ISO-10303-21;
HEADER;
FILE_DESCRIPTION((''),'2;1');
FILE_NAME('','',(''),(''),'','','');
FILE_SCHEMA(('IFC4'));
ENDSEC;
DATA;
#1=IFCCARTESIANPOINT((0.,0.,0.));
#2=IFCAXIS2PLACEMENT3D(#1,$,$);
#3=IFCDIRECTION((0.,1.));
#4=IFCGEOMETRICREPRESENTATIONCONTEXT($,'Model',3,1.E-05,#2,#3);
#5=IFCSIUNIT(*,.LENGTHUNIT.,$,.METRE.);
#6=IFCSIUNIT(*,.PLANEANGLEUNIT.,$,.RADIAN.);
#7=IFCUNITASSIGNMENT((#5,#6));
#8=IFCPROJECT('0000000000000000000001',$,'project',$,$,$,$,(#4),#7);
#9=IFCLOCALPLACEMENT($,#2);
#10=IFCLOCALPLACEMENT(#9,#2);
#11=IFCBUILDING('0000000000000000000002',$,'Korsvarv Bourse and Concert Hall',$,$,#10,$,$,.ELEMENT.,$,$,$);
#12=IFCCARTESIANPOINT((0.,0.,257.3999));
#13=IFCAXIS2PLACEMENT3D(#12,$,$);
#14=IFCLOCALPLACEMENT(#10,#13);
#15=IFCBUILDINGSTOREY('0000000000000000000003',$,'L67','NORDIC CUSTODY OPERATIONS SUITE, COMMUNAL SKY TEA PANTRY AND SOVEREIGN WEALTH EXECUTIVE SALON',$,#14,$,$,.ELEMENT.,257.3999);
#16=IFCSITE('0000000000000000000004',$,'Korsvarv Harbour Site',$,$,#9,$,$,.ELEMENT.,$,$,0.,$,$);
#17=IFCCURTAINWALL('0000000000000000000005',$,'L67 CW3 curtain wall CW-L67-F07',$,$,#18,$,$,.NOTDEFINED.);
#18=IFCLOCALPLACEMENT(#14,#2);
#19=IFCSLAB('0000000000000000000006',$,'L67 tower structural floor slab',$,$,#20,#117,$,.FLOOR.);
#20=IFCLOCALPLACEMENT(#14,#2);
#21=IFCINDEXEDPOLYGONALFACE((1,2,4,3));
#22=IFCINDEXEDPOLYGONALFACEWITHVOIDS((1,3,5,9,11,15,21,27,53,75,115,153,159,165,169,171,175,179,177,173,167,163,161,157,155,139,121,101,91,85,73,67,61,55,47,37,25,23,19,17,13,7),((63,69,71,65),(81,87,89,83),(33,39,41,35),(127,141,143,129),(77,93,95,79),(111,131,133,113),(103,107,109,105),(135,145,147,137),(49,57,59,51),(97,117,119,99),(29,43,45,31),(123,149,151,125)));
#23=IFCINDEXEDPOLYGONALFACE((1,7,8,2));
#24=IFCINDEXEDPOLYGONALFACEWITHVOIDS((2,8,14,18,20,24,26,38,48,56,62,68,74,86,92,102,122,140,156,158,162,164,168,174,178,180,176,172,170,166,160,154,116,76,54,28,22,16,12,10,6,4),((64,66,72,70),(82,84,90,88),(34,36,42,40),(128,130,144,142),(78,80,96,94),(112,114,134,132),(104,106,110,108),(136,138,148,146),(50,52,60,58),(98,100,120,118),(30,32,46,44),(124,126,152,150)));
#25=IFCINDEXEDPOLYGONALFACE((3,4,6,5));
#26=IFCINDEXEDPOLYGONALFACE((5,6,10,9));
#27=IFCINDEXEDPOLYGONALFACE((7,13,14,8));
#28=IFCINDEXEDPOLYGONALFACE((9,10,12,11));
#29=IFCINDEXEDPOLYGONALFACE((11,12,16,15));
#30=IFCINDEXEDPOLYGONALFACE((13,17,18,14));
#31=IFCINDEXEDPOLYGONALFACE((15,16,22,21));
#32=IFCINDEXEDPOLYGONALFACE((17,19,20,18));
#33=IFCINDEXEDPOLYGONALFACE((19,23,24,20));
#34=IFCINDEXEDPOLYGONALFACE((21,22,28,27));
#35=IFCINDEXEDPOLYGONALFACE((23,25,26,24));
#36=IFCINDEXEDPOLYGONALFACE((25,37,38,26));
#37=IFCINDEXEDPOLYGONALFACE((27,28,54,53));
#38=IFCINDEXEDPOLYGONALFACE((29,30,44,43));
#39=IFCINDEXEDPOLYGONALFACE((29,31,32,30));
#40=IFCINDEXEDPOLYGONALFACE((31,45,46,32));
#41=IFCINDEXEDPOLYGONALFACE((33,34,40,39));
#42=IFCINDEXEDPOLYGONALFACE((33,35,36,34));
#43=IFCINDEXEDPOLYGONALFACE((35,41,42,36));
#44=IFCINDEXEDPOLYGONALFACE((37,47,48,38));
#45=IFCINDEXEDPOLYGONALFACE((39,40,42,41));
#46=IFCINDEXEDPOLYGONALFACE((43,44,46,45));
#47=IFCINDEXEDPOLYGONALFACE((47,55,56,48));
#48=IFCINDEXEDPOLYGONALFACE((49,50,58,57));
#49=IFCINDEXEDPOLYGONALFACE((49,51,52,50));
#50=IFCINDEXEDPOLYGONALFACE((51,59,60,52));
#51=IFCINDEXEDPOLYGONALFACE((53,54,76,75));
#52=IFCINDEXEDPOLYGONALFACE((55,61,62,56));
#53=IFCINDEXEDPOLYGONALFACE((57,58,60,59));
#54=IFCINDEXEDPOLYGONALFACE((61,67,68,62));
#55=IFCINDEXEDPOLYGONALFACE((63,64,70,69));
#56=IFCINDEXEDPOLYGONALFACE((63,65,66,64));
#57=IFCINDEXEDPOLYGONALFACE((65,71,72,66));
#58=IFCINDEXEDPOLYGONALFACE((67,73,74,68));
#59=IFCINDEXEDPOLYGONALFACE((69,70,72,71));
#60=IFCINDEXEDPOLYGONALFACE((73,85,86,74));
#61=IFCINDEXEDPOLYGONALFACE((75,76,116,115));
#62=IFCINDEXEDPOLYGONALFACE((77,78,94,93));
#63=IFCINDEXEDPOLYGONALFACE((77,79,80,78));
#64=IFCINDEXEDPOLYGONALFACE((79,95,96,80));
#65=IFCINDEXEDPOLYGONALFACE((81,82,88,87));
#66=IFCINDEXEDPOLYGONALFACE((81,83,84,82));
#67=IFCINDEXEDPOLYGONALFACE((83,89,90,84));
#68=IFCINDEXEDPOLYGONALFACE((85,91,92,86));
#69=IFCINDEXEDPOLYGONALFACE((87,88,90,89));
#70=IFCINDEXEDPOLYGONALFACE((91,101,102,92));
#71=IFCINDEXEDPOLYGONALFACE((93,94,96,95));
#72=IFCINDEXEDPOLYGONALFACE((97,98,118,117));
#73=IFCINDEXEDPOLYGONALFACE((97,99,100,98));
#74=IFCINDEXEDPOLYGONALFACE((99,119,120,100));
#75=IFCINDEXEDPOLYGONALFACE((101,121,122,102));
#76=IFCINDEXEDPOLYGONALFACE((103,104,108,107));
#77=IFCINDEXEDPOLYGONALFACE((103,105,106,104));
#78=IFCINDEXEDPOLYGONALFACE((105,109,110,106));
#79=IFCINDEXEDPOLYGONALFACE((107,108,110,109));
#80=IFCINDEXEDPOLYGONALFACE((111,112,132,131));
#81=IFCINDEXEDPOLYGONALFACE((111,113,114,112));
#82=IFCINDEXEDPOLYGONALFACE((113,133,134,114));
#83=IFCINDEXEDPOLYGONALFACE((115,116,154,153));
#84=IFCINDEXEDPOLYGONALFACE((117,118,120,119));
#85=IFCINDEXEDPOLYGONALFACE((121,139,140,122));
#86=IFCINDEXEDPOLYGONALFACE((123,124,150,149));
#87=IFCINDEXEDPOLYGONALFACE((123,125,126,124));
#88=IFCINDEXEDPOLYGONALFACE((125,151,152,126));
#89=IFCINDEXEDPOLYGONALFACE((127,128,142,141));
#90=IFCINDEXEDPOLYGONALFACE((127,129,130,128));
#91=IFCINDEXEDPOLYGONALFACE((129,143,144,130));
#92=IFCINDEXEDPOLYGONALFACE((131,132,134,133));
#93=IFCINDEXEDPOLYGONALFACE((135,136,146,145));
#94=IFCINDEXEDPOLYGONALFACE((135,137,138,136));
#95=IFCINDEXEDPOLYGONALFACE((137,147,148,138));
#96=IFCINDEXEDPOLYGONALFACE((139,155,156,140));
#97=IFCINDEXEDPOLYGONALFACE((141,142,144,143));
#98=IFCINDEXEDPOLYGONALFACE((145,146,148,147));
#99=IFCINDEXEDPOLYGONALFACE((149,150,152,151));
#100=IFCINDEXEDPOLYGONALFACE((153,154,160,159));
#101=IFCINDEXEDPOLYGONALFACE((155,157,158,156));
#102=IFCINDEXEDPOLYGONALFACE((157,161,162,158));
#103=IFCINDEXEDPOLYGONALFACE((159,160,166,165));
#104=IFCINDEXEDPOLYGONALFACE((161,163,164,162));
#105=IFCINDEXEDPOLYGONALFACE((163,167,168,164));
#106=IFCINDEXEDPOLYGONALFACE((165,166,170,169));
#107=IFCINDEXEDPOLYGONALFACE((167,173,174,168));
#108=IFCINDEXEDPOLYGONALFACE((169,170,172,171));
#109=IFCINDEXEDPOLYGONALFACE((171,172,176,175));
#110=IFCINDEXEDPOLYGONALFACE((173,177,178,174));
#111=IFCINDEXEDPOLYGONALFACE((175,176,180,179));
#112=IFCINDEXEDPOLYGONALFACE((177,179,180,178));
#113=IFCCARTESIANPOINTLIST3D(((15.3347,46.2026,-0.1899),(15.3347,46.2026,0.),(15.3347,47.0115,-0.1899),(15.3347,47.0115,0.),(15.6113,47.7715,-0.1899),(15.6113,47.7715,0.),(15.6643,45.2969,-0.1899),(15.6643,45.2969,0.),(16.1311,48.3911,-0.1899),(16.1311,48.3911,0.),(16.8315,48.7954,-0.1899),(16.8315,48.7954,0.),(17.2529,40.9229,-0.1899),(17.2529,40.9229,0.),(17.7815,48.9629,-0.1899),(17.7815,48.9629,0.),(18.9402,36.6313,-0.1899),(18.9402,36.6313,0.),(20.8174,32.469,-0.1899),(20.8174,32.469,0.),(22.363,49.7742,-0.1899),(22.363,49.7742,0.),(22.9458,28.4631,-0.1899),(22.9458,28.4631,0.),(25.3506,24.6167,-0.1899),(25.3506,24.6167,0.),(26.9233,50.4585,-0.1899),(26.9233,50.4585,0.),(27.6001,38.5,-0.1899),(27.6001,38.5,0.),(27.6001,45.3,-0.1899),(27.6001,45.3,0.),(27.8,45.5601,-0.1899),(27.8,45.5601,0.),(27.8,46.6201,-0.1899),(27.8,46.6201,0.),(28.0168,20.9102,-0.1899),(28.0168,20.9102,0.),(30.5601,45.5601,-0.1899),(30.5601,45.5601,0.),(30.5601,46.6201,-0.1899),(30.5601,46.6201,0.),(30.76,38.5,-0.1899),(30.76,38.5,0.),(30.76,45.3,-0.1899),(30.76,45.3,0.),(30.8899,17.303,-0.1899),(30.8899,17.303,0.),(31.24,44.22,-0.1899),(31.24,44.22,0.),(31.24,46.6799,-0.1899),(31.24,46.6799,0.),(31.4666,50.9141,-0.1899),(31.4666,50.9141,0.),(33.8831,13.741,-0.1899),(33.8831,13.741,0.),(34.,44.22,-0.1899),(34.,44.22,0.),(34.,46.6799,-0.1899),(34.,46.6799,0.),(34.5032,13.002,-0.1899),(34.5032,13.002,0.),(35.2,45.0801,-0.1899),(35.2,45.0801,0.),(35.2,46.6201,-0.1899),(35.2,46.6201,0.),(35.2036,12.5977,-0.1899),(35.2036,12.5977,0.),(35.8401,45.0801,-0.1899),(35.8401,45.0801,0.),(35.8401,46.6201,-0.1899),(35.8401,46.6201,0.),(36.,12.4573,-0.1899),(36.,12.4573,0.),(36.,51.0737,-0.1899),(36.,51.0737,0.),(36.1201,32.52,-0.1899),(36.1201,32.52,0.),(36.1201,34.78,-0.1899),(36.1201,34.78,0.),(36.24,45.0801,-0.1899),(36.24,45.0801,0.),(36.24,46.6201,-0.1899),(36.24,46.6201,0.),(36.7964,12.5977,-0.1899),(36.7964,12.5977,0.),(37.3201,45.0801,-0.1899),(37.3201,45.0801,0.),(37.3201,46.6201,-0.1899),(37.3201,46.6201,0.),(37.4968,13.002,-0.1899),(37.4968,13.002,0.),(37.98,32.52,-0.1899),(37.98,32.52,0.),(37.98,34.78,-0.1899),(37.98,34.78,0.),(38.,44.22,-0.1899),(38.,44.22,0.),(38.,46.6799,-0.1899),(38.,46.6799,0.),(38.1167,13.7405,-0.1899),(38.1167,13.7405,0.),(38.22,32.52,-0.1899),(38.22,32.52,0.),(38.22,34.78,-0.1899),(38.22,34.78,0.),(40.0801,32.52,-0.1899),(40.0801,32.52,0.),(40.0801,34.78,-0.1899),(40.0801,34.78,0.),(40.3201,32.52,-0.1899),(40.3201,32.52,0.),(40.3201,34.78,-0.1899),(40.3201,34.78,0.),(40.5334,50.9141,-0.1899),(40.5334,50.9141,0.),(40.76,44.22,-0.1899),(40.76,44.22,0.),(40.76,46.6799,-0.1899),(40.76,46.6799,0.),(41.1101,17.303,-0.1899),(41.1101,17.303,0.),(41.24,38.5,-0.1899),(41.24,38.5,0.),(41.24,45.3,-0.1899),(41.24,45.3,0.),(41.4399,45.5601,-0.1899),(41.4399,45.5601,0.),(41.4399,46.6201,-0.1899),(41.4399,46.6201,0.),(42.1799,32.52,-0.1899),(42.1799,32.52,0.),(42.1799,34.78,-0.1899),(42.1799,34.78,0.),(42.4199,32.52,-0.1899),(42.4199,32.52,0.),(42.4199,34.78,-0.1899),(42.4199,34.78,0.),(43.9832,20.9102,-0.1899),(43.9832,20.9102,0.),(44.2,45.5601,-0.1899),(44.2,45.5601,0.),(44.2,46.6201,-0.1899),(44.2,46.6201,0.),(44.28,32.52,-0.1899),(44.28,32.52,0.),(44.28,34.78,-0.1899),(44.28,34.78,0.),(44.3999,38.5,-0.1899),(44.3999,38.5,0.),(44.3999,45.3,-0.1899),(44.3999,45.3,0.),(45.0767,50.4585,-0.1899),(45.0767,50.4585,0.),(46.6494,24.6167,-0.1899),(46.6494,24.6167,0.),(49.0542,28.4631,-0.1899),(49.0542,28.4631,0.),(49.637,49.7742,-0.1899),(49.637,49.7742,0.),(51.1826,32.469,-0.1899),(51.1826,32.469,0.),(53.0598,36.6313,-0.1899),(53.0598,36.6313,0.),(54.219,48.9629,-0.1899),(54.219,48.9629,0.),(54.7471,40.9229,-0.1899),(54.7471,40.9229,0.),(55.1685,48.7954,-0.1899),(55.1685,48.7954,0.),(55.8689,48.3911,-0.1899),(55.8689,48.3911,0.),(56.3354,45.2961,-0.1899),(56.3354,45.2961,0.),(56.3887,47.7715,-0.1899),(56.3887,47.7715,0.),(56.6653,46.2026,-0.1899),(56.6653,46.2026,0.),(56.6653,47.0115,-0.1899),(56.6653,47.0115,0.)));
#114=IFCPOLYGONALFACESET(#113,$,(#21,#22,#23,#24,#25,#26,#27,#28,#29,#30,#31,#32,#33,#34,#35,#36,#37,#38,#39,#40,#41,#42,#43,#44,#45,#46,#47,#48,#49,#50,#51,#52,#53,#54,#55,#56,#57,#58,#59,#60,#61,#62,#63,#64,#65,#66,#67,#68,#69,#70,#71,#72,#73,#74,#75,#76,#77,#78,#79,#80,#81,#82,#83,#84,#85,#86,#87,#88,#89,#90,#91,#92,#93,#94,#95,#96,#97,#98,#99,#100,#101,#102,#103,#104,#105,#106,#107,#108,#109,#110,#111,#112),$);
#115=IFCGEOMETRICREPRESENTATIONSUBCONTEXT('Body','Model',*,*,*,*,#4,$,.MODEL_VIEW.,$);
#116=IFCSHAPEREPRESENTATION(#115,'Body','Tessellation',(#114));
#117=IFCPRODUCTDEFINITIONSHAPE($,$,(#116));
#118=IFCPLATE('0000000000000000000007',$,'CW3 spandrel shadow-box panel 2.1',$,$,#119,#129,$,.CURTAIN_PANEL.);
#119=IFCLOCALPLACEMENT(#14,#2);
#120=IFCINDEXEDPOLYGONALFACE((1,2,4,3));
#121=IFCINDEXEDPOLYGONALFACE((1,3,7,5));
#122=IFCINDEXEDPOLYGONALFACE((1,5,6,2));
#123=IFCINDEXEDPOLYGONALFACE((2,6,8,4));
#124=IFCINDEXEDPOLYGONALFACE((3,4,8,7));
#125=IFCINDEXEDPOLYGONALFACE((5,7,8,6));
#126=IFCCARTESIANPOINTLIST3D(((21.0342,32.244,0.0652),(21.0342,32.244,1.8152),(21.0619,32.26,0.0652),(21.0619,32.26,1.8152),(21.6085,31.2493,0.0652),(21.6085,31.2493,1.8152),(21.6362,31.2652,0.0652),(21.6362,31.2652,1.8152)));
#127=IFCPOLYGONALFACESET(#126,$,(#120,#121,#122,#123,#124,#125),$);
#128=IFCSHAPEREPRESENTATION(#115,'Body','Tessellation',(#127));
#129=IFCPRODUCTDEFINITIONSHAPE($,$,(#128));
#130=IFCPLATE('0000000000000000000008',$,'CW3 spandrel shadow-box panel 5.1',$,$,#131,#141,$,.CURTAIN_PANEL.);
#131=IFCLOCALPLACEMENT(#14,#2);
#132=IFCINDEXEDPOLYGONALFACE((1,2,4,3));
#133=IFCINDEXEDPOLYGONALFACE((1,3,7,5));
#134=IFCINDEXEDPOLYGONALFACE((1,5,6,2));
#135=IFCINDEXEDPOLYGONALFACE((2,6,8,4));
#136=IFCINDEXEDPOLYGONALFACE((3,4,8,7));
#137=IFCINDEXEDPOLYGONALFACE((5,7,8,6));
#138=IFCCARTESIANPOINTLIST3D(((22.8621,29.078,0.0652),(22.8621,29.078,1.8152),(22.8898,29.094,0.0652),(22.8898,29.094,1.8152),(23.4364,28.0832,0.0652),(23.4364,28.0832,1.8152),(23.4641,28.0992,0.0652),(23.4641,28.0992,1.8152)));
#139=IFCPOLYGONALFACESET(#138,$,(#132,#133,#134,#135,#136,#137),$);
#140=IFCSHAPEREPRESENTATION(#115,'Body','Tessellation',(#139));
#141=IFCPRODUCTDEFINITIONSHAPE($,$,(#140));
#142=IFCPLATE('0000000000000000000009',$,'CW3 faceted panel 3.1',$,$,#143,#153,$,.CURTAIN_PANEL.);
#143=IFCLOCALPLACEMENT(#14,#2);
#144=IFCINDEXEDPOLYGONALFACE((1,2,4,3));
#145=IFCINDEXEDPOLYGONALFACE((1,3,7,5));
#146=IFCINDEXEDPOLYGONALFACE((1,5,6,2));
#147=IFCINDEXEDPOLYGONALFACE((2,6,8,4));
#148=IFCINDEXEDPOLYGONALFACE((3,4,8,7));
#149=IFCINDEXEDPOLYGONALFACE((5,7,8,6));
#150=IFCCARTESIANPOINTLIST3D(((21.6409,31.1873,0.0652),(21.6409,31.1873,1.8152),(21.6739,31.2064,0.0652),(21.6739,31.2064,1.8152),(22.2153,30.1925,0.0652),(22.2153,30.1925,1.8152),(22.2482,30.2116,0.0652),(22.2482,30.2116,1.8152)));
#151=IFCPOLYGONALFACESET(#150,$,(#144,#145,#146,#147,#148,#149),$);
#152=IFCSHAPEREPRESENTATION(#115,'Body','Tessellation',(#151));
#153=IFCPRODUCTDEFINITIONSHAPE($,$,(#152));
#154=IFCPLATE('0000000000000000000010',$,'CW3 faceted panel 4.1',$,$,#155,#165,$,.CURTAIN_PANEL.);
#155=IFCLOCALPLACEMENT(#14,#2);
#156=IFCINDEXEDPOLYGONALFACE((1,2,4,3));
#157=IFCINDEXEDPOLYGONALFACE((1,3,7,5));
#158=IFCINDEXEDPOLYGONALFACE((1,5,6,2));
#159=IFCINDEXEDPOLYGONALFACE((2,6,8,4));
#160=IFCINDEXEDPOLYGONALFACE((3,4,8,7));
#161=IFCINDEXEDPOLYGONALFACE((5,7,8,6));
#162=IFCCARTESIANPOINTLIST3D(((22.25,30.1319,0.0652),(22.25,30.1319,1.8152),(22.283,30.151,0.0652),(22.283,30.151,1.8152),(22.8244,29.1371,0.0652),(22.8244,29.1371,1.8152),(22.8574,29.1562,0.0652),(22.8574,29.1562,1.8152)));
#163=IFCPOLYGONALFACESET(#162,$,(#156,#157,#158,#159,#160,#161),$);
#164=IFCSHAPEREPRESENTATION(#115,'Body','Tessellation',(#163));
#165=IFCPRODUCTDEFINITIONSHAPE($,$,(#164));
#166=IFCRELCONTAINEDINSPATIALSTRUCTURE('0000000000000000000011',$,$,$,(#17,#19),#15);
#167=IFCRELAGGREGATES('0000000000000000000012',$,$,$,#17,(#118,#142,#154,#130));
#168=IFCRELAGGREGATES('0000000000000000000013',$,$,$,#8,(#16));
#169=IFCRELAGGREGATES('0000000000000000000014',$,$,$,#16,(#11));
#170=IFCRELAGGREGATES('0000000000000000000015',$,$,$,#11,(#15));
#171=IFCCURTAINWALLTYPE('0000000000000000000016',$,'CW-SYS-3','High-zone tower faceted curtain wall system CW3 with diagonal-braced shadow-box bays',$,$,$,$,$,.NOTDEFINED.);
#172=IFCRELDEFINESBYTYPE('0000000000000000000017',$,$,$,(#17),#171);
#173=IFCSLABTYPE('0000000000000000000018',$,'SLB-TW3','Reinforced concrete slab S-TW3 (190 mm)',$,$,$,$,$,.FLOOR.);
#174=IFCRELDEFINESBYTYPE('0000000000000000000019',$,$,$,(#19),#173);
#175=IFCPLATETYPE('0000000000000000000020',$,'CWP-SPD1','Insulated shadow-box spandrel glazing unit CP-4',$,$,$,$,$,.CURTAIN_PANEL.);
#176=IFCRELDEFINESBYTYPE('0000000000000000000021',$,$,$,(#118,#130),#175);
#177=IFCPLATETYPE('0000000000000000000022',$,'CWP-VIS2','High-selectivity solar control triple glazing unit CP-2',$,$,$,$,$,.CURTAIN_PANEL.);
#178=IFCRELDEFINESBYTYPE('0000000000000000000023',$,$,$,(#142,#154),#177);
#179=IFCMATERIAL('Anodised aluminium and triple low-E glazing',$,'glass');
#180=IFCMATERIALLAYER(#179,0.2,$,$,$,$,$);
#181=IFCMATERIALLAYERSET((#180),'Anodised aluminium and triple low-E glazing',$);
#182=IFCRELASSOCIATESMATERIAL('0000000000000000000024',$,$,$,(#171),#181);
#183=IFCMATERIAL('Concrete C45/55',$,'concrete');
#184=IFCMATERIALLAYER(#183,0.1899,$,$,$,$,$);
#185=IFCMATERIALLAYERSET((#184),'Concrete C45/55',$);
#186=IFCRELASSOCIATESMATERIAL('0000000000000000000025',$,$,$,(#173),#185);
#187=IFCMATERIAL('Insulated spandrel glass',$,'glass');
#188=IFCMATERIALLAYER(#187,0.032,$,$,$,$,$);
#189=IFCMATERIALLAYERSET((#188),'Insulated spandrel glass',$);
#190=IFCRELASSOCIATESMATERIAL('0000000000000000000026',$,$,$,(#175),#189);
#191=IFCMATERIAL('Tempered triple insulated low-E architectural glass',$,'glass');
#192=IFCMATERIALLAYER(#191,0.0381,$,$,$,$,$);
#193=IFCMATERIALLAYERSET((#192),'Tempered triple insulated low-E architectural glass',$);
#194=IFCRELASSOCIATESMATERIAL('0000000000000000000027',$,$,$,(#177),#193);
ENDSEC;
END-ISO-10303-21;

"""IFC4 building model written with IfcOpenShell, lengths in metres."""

from ifc_helpers import new_model, si_unit, direction, frame, origin, origin_2d, place, context, subcontext, project, spatial, polyline, rectangle, outline, extrude, source, transform, mapped, material, layer, layer_set, type_object, element, aggregate, save


model = new_model("IFC4")

# Units and contexts
model_context = context("Model", 3, precision=1e-05, world=origin(), true_north=direction((0.0, 1.0)))
body_context = subcontext(model_context, "Body", "Model", "MODEL_VIEW")
ifc_project = project(units=[si_unit("LENGTHUNIT", "METRE"), si_unit("PLANEANGLEUNIT", "RADIAN")], contexts=[model_context])

# Site, building, storey
site_placement = place(None, origin())
site = spatial("IfcSite", under=ifc_project, at=site_placement, Name="Korsvarv Harbour Site", CompositionType="ELEMENT", RefElevation=0.0)
building_placement = place(site_placement, origin())
building = spatial("IfcBuilding", under=site, at=building_placement, Name="Korsvarv Bourse and Concert Hall", CompositionType="ELEMENT")
storey_placement = place(building_placement, frame((0.0, 0.0, 257.3999)))
storey = spatial("IfcBuildingStorey", under=building, at=storey_placement, Name="L67", Description="NORDIC CUSTODY OPERATIONS SUITE, COMMUNAL SKY TEA PANTRY AND SOVEREIGN WEALTH EXECUTIVE SALON", CompositionType="ELEMENT", Elevation=257.3999)

# Curtain wall
ifc_material_1 = material(Name="Anodised aluminium and triple low-E glazing", Category="glass")
ifc_layer_1 = layer(ifc_material_1, 0.2)
ifc_layer_set_1 = layer_set([ifc_layer_1], Name="Anodised aluminium and triple low-E glazing")
curtain_wall_type = type_object("IfcCurtainWallType", Name="CW-SYS-3", Description="High-zone tower faceted curtain wall system CW3 with diagonal-braced shadow-box bays", PredefinedType="NOTDEFINED", material=ifc_layer_set_1)
curtain_wall_placement = place(storey_placement, origin())
curtain_wall = element("IfcCurtainWall", 1, at=curtain_wall_placement, inside=storey, type_object=curtain_wall_type, Name="L67 CW3 curtain wall CW-L67-F07", PredefinedType="NOTDEFINED")

# Slab
ifc_material_2 = material(Name="Concrete C45/55", Category="concrete")
ifc_layer_2 = layer(ifc_material_2, 0.1899)
ifc_layer_set_2 = layer_set([ifc_layer_2], Name="Concrete C45/55")
slab_type_1 = type_object("IfcSlabType", Name="SLB-TW3", Description="Reinforced concrete slab S-TW3 (190 mm)", PredefinedType="FLOOR", material=ifc_layer_set_2)
slab_1_placement = place(storey_placement, frame((0.0, 0.0, -0.1899)))
element("IfcSlab", 2, at=slab_1_placement, inside=storey, type_object=slab_type_1, Name="L67 tower structural floor slab", PredefinedType="FLOOR", context=body_context, shape_type="SweptSolid", body=[
    extrude(outline(polyline([(56.3354, 45.2961), (54.7471, 40.9229), (53.0598, 36.6313), (51.1826, 32.469), (49.0542, 28.4631), (46.6494, 24.6167), (43.9832, 20.9102), (41.1101, 17.303), (38.1167, 13.7405), (37.4968, 13.002), (36.7964, 12.5977), (36.0, 12.4573), (35.2036, 12.5977), (34.5032, 13.002), (33.8831, 13.741), (30.8899, 17.303), (28.0168, 20.9102), (25.3506, 24.6167), (22.9458, 28.4631), (20.8174, 32.469), (18.9402, 36.6313), (17.2529, 40.9229), (15.6643, 45.2969), (15.3347, 46.2026), (15.3347, 47.0115), (15.6113, 47.7715), (16.1311, 48.3911), (16.8315, 48.7954), (17.7815, 48.9629), (22.363, 49.7742), (26.9233, 50.4585), (31.4666, 50.9141), (36.0, 51.0737), (40.5334, 50.9141), (45.0767, 50.4585), (49.637, 49.7742), (54.219, 48.9629), (55.1685, 48.7954), (55.8689, 48.3911), (56.3887, 47.7715), (56.6653, 47.0115), (56.6653, 46.2026), (56.3354, 45.2961)]), holes=[polyline([(30.76, 38.5), (30.76, 45.3), (27.6001, 45.3), (27.6001, 38.5), (30.76, 38.5)]), polyline([(44.3999, 38.5), (44.3999, 45.3), (41.24, 45.3), (41.24, 38.5), (44.3999, 38.5)]), polyline([(31.24, 44.22), (34.0, 44.22), (34.0, 46.6799), (31.24, 46.6799), (31.24, 44.22)]), polyline([(38.0, 44.22), (40.76, 44.22), (40.76, 46.6799), (38.0, 46.6799), (38.0, 44.22)]), polyline([(36.1201, 32.52), (37.98, 32.52), (37.98, 34.78), (36.1201, 34.78), (36.1201, 32.52)]), polyline([(38.22, 32.52), (40.0801, 32.52), (40.0801, 34.78), (38.22, 34.78), (38.22, 32.52)]), polyline([(40.3201, 32.52), (42.1799, 32.52), (42.1799, 34.78), (40.3201, 34.78), (40.3201, 32.52)]), polyline([(42.4199, 32.52), (44.28, 32.52), (44.28, 34.78), (42.4199, 34.78), (42.4199, 32.52)]), polyline([(27.8, 45.5601), (30.5601, 45.5601), (30.5601, 46.6201), (27.8, 46.6201), (27.8, 45.5601)]), polyline([(41.4399, 45.5601), (44.2, 45.5601), (44.2, 46.6201), (41.4399, 46.6201), (41.4399, 45.5601)]), polyline([(35.2, 45.0801), (35.8401, 45.0801), (35.8401, 46.6201), (35.2, 46.6201), (35.2, 45.0801)]), polyline([(36.24, 45.0801), (37.3201, 45.0801), (37.3201, 46.6201), (36.24, 46.6201), (36.24, 45.0801)])]), origin(), (0.0, 0.0, 1.0), 0.1899),
])

# Plates
ifc_material_3 = material(Name="Insulated spandrel glass", Category="glass")
ifc_layer_3 = layer(ifc_material_3, 0.032)
ifc_layer_set_3 = layer_set([ifc_layer_3], Name="Insulated spandrel glass")
plate_type_1 = type_object("IfcPlateType", Name="CWP-SPD1", Description="Insulated shadow-box spandrel glazing unit CP-4", PredefinedType="CURTAIN_PANEL", material=ifc_layer_set_3)
shared_shape_1 = source(origin(), body_context, "Body", "SweptSolid", [
    extrude(rectangle(XDim=1.1487, YDim=0.032, at=origin_2d()), origin(), (0.0, 0.0, 1.0), 1.75),
])
plate_1_placement = place(storey_placement, frame((21.3352, 31.7546, 0.0652), z_axis=(0.0, 0.0, 1.0), x_axis=(0.500004, -0.866023, 0.0)))
plate_1 = element("IfcPlate", 3, at=plate_1_placement, type_object=plate_type_1, Name="CW3 spandrel shadow-box panel 2.1", PredefinedType="CURTAIN_PANEL", context=body_context, shape_type="MappedRepresentation", body=[
    mapped(shared_shape_1, transform((0.0, 0.0, 0.0), scale=1.0)),
])
plate_2_placement = place(storey_placement, frame((23.1631, 28.5886, 0.0652), z_axis=(0.0, 0.0, 1.0), x_axis=(0.500004, -0.866023, 0.0)))
plate_2 = element("IfcPlate", 4, at=plate_2_placement, type_object=plate_type_1, Name="CW3 spandrel shadow-box panel 5.1", PredefinedType="CURTAIN_PANEL", context=body_context, shape_type="MappedRepresentation", body=[
    mapped(shared_shape_1, transform((0.0, 0.0, 0.0), scale=1.0)),
])
ifc_material_4 = material(Name="Tempered triple insulated low-E architectural glass", Category="glass")
ifc_layer_4 = layer(ifc_material_4, 0.0381)
ifc_layer_set_4 = layer_set([ifc_layer_4], Name="Tempered triple insulated low-E architectural glass")
plate_type_2 = type_object("IfcPlateType", Name="CWP-VIS2", Description="High-selectivity solar control triple glazing unit CP-2", PredefinedType="CURTAIN_PANEL", material=ifc_layer_set_4)
shared_shape_2 = source(origin(), body_context, "Body", "SweptSolid", [
    extrude(rectangle(XDim=1.1487, YDim=0.0381, at=origin_2d()), origin(), (0.0, 0.0, 1.0), 1.75),
])
plate_3_placement = place(storey_placement, frame((21.9446, 30.6995, 0.0652), z_axis=(0.0, 0.0, 1.0), x_axis=(0.500004, -0.866023, 0.0)))
plate_3 = element("IfcPlate", 5, at=plate_3_placement, type_object=plate_type_2, Name="CW3 faceted panel 3.1", PredefinedType="CURTAIN_PANEL", context=body_context, shape_type="MappedRepresentation", body=[
    mapped(shared_shape_2, transform((0.0, 0.0, 0.0), scale=1.0)),
])
plate_4_placement = place(storey_placement, frame((22.5537, 29.644, 0.0652), z_axis=(0.0, 0.0, 1.0), x_axis=(0.500004, -0.866023, 0.0)))
plate_4 = element("IfcPlate", 6, at=plate_4_placement, type_object=plate_type_2, Name="CW3 faceted panel 4.1", PredefinedType="CURTAIN_PANEL", context=body_context, shape_type="MappedRepresentation", body=[
    mapped(shared_shape_2, transform((0.0, 0.0, 0.0), scale=1.0)),
])
aggregate(curtain_wall, [plate_1, plate_3, plate_4, plate_2])

save(model, "model.ifc")
